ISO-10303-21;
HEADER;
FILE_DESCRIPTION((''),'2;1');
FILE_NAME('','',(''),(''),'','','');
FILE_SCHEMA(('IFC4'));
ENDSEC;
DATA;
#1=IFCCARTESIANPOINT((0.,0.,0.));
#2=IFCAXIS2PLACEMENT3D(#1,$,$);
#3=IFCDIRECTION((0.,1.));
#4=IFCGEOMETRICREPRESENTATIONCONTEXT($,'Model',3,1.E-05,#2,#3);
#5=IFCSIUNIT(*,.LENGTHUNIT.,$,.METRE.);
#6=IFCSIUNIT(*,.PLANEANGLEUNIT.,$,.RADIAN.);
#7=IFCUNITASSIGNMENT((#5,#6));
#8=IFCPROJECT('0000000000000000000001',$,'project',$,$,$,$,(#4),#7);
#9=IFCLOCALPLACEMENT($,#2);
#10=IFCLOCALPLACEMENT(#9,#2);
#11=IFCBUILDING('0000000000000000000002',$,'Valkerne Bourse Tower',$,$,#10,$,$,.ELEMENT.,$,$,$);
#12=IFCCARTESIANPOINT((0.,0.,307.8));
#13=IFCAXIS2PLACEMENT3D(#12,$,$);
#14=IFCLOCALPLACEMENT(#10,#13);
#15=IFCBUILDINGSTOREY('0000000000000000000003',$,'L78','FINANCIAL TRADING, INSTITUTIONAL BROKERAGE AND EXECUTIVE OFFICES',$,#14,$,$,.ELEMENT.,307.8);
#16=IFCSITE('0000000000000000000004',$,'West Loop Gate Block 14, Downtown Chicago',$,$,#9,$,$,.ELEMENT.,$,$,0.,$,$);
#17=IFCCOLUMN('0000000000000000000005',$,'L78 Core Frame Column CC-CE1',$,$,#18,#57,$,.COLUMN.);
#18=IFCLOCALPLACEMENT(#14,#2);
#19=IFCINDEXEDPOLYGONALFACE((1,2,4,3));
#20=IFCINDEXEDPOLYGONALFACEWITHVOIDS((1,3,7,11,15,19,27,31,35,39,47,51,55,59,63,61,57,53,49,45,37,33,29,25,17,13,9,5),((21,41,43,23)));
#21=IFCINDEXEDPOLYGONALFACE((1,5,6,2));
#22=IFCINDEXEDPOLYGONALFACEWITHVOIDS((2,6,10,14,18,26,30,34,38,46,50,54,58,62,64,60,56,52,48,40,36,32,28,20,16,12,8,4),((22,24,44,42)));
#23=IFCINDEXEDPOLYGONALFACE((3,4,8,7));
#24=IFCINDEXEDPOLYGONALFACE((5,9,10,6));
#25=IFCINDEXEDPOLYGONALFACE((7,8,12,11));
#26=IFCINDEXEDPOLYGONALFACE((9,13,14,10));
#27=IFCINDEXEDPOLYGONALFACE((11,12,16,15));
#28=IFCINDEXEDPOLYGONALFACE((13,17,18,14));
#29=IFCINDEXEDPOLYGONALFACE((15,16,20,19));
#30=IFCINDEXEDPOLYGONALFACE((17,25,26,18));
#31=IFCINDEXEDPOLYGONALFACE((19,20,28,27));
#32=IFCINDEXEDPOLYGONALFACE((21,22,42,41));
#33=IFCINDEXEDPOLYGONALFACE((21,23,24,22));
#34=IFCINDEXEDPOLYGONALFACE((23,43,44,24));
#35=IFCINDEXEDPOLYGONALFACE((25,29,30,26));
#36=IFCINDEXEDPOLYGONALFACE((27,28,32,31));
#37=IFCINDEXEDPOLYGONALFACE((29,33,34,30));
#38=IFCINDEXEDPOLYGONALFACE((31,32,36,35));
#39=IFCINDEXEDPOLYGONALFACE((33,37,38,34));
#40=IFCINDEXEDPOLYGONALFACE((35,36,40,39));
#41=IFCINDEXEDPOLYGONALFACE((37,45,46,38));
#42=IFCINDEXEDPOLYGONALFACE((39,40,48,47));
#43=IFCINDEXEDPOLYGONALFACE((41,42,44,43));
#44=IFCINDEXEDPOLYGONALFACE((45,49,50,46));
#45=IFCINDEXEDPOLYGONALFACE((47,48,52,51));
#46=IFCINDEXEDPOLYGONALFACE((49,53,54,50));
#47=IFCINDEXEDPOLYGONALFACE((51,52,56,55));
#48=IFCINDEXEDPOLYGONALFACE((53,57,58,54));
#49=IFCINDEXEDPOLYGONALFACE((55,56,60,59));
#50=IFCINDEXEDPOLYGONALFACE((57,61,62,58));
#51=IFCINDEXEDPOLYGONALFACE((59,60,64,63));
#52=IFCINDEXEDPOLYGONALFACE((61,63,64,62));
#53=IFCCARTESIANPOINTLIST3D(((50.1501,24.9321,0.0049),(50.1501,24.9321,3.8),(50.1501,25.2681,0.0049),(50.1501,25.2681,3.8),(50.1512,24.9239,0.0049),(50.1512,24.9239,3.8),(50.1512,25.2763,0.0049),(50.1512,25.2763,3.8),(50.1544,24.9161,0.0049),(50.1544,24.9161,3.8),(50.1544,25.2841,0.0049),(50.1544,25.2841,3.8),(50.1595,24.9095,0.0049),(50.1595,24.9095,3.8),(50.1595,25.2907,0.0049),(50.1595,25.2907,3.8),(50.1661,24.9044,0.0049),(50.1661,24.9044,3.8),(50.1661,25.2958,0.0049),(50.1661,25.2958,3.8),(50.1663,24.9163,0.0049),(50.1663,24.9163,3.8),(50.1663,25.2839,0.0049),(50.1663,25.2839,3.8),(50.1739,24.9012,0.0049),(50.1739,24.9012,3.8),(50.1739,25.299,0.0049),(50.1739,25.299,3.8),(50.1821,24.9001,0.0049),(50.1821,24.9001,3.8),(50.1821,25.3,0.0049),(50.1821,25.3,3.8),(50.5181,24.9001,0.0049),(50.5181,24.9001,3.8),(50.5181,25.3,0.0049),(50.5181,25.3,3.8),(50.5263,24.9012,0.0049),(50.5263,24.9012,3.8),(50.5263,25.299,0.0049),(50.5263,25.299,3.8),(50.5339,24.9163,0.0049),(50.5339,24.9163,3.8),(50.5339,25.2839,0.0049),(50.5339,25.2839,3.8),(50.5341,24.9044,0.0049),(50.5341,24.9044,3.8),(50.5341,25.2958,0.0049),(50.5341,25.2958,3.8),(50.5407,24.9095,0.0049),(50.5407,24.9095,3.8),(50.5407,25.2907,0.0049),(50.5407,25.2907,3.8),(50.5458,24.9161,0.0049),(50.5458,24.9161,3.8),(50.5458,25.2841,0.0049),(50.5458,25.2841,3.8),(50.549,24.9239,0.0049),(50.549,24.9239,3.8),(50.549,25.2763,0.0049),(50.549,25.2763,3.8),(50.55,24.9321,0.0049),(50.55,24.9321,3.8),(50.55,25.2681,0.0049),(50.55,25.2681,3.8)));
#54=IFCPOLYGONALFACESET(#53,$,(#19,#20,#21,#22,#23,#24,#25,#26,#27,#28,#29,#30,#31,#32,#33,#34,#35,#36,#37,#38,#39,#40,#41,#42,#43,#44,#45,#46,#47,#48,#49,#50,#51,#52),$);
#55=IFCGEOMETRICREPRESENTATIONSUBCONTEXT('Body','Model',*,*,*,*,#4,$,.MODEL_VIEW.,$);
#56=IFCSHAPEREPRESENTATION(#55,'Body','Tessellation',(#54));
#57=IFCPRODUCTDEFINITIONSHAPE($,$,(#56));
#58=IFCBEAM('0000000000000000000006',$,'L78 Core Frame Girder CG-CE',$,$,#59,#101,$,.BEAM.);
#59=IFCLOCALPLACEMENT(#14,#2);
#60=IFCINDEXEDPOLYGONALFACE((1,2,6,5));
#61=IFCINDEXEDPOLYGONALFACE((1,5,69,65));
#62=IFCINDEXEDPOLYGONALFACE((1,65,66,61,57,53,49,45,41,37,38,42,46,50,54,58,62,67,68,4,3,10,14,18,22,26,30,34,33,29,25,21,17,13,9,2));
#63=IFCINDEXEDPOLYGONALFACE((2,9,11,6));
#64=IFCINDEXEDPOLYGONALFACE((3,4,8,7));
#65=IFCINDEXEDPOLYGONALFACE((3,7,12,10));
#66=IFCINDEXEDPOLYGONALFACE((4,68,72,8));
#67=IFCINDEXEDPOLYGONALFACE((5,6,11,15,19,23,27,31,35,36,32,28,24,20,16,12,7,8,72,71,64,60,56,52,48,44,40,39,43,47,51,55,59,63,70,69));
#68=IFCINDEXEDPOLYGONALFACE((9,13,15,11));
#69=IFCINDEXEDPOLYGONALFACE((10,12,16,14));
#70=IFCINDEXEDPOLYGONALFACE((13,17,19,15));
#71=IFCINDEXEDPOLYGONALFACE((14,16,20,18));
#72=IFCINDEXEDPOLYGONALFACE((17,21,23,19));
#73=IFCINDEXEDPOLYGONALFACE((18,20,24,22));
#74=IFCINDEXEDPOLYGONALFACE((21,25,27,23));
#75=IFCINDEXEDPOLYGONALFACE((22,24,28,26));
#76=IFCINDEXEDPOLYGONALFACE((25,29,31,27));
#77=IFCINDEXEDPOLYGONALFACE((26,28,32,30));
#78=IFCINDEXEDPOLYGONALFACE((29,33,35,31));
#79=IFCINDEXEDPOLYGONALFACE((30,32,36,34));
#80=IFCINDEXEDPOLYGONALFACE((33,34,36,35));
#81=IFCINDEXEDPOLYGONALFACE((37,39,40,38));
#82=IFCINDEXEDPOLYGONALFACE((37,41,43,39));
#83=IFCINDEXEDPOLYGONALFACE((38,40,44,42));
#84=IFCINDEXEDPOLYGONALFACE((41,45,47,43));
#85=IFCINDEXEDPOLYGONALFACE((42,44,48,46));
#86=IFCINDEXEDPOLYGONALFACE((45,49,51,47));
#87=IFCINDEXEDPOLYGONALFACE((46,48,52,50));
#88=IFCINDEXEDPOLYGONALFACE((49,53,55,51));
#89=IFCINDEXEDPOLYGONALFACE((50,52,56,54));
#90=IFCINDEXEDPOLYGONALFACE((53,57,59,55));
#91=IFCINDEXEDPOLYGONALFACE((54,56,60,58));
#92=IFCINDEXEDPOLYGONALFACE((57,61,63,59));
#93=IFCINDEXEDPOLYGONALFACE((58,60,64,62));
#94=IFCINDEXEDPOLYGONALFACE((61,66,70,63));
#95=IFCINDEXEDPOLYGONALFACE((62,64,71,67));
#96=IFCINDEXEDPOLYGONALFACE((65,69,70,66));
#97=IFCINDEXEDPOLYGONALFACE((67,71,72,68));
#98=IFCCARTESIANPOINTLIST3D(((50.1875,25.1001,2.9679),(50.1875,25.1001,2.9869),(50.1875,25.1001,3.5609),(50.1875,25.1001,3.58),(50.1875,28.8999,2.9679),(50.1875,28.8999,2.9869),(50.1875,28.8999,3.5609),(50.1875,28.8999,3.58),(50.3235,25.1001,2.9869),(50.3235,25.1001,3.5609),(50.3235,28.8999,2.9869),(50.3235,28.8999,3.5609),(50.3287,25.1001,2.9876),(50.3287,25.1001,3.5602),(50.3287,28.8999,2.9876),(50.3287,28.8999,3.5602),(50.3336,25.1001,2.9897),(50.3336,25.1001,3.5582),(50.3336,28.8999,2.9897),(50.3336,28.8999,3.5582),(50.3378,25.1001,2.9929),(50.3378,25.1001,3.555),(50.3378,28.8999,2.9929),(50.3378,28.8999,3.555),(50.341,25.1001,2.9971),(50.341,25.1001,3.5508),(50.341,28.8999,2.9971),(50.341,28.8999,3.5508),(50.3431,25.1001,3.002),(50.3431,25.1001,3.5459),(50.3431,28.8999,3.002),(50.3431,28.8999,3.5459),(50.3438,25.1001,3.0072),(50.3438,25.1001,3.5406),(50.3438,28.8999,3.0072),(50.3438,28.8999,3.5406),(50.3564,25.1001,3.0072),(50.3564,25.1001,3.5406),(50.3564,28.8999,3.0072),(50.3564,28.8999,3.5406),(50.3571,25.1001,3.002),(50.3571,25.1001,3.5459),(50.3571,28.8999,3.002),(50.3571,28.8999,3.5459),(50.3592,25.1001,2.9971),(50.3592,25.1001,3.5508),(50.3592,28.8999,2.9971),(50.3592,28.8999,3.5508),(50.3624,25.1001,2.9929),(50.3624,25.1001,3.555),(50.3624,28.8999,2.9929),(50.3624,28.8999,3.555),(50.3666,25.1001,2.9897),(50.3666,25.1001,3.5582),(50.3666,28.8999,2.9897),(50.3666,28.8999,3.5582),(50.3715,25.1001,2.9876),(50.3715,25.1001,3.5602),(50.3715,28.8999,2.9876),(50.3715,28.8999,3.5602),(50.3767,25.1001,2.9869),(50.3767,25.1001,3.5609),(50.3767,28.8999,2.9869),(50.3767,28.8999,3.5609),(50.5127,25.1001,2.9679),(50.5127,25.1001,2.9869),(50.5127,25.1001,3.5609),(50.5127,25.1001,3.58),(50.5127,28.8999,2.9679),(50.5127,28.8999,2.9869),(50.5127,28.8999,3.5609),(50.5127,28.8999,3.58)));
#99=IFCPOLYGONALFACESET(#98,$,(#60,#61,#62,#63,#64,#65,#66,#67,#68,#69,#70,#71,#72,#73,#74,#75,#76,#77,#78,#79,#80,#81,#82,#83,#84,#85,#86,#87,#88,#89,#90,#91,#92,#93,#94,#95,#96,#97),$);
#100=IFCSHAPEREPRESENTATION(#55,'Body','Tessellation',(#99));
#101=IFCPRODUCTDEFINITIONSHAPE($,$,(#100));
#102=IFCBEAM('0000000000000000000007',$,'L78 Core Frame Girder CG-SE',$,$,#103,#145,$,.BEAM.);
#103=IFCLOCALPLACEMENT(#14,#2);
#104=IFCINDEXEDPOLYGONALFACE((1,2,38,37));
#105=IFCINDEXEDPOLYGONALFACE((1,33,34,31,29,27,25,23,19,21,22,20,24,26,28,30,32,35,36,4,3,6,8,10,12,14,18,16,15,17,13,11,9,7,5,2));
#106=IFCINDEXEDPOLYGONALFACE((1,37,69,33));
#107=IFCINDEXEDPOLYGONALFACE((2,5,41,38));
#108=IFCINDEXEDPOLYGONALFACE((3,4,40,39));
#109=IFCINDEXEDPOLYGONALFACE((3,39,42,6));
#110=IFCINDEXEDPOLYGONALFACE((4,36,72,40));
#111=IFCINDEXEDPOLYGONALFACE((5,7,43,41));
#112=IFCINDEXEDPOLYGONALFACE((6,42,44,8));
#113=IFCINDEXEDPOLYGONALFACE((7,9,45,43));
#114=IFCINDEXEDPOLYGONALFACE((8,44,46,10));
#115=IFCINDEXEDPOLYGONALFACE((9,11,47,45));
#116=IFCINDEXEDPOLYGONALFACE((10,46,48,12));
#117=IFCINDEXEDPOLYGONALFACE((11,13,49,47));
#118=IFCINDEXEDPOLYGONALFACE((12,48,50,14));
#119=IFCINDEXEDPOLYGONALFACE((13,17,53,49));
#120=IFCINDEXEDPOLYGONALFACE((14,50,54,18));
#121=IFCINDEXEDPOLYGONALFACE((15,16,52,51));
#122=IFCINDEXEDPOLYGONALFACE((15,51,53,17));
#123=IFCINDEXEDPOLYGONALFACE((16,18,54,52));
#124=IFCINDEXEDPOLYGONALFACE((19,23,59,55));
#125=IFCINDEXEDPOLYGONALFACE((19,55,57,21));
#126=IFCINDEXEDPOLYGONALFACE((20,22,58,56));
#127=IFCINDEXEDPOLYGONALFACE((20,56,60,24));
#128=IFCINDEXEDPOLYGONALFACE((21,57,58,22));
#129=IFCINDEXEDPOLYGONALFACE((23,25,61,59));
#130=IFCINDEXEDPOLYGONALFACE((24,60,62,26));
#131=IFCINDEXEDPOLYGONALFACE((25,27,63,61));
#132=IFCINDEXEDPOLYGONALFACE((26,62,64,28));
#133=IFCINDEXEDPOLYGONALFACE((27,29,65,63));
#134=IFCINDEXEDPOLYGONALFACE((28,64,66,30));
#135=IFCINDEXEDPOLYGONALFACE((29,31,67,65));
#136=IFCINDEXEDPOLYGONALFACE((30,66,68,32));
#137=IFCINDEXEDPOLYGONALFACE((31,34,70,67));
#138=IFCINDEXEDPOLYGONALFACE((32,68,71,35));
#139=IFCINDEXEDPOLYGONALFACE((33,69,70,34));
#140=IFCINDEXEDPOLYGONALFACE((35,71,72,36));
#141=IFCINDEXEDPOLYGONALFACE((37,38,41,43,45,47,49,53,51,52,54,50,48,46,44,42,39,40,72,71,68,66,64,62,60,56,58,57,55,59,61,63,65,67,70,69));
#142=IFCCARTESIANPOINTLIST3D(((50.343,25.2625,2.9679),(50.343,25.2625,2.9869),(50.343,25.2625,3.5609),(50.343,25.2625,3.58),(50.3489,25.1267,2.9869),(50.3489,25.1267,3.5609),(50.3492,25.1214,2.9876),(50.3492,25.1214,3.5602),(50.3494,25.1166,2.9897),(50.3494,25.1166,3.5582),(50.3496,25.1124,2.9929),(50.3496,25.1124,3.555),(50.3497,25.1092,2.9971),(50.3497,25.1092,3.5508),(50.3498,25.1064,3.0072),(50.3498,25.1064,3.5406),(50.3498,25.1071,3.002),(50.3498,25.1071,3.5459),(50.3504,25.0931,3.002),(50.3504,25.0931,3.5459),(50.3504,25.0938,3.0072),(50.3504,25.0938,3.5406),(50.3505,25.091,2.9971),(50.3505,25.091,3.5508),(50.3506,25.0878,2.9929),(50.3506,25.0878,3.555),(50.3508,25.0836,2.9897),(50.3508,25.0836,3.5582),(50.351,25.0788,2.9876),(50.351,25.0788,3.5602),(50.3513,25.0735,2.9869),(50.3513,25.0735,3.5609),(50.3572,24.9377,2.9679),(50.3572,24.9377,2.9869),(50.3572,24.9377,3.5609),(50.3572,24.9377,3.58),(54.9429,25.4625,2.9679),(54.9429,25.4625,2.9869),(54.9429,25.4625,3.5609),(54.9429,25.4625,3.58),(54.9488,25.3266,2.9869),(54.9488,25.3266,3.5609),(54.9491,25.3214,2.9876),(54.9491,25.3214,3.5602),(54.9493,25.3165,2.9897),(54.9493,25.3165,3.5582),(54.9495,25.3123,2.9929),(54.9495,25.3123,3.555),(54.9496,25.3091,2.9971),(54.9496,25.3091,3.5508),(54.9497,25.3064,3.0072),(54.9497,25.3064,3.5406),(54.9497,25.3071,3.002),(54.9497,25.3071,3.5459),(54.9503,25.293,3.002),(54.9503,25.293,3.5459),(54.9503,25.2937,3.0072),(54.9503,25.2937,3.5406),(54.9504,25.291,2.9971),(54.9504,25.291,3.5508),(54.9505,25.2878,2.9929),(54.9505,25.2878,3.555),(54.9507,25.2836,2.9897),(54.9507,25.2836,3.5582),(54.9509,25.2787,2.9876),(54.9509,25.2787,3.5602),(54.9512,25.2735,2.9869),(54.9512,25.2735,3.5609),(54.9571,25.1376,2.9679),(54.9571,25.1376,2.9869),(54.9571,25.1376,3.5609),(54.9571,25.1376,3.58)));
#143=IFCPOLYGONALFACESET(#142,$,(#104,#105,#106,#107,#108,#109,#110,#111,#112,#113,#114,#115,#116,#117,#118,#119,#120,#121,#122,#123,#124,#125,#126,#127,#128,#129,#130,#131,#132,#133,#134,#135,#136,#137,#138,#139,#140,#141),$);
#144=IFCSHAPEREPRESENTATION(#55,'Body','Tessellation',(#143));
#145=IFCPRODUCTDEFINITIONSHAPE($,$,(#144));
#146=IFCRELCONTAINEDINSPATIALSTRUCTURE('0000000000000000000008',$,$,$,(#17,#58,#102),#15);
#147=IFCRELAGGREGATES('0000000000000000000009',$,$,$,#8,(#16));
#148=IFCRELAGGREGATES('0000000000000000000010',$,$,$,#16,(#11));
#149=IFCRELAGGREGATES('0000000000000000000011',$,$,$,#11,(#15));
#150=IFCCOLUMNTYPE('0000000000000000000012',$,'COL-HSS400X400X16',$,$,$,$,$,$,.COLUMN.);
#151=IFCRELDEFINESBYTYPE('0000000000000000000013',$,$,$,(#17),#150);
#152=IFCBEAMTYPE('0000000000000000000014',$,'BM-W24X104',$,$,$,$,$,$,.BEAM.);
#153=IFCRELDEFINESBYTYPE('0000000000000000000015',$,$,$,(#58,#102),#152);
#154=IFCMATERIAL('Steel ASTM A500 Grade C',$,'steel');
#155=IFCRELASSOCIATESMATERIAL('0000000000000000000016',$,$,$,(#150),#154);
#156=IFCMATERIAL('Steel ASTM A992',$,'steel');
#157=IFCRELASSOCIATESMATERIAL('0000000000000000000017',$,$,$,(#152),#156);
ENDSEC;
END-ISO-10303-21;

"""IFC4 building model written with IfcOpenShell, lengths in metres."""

from ifc_helpers import new_model, si_unit, direction, frame, origin, origin_2d, place, context, subcontext, project, spatial, hollow_rectangle, i_section, extrude, material, material_profile, profile_set, type_object, element, save


model = new_model("IFC4")

# Units and contexts
model_context = context("Model", 3, precision=1e-05, world=origin(), true_north=direction((0.0, 1.0)))
body_context = subcontext(model_context, "Body", "Model", "MODEL_VIEW")
ifc_project = project(units=[si_unit("LENGTHUNIT", "METRE"), si_unit("PLANEANGLEUNIT", "RADIAN")], contexts=[model_context])

# Site, building, storey
site_placement = place(None, origin())
site = spatial("IfcSite", under=ifc_project, at=site_placement, Name="West Loop Gate Block 14, Downtown Chicago", CompositionType="ELEMENT", RefElevation=0.0)
building_placement = place(site_placement, origin())
building = spatial("IfcBuilding", under=site, at=building_placement, Name="Valkerne Bourse Tower", CompositionType="ELEMENT")
storey_placement = place(building_placement, frame((0.0, 0.0, 307.8)))
storey = spatial("IfcBuildingStorey", under=building, at=storey_placement, Name="L78", Description="FINANCIAL TRADING, INSTITUTIONAL BROKERAGE AND EXECUTIVE OFFICES", CompositionType="ELEMENT", Elevation=307.8)

# Column
ifc_material_1 = material(Name="Steel ASTM A500 Grade C", Category="steel")
ifc_material_profile_1 = material_profile(ifc_material_1, hollow_rectangle(XDim=0.3999, YDim=0.3999, WallThickness=0.0161, OuterFilletRadius=0.032, at=origin_2d()), Name="HSS400X400X16")
ifc_profile_set_1 = profile_set([ifc_material_profile_1], Name="Steel ASTM A500 Grade C")
column_type = type_object("IfcColumnType", Name="COL-HSS400X400X16", PredefinedType="COLUMN", material=ifc_profile_set_1)
column_placement = place(storey_placement, frame((50.3501, 25.1001, 0.0049), z_axis=(0.0, 0.0, 1.0), x_axis=(1.0, 0.0, 0.0)))
element("IfcColumn", 1, at=column_placement, inside=storey, type_object=column_type, Name="L78 Core Frame Column CC-CE1", PredefinedType="COLUMN", context=body_context, shape_type="SweptSolid", body=[
    extrude(hollow_rectangle(XDim=0.3999, YDim=0.3999, WallThickness=0.0161, OuterFilletRadius=0.032, at=origin_2d()), origin(), (0.0, 0.0, 1.0), 3.7952),
])

# Beams
ifc_material_2 = material(Name="Steel ASTM A992", Category="steel")
ifc_material_profile_2 = material_profile(ifc_material_2, i_section(OverallWidth=0.3252, OverallDepth=0.6121, WebThickness=0.0127, FlangeThickness=0.019, FilletRadius=0.0203, at=origin_2d()), Name="W24X104")
ifc_profile_set_2 = profile_set([ifc_material_profile_2], Name="Steel ASTM A992")
beam_type = type_object("IfcBeamType", Name="BM-W24X104", PredefinedType="BEAM", material=ifc_profile_set_2)
beam_1_placement = place(storey_placement, frame((50.3501, 25.1001, 3.2739), z_axis=(0.0, 1.0, 0.0), x_axis=(-1.0, 0.0, 0.0)))
element("IfcBeam", 2, at=beam_1_placement, inside=storey, type_object=beam_type, Name="L78 Core Frame Girder CG-CE", PredefinedType="BEAM", context=body_context, shape_type="SweptSolid", body=[
    extrude(i_section(OverallWidth=0.3252, OverallDepth=0.6121, WebThickness=0.0127, FlangeThickness=0.019, FilletRadius=0.0203, at=origin_2d()), origin(), (0.0, 0.0, 1.0), 3.7998),
])
beam_2_placement = place(storey_placement, frame((50.3501, 25.1001, 3.2739), z_axis=(0.999057, 0.043428, 0.0), x_axis=(-0.043428, 0.999057, 0.0)))
element("IfcBeam", 3, at=beam_2_placement, inside=storey, type_object=beam_type, Name="L78 Core Frame Girder CG-SE", PredefinedType="BEAM", context=body_context, shape_type="SweptSolid", body=[
    extrude(i_section(OverallWidth=0.3252, OverallDepth=0.6121, WebThickness=0.0127, FlangeThickness=0.019, FilletRadius=0.0203, at=origin_2d()), origin(), (0.0, 0.0, 1.0), 4.6042),
])

save(model, "model.ifc")
